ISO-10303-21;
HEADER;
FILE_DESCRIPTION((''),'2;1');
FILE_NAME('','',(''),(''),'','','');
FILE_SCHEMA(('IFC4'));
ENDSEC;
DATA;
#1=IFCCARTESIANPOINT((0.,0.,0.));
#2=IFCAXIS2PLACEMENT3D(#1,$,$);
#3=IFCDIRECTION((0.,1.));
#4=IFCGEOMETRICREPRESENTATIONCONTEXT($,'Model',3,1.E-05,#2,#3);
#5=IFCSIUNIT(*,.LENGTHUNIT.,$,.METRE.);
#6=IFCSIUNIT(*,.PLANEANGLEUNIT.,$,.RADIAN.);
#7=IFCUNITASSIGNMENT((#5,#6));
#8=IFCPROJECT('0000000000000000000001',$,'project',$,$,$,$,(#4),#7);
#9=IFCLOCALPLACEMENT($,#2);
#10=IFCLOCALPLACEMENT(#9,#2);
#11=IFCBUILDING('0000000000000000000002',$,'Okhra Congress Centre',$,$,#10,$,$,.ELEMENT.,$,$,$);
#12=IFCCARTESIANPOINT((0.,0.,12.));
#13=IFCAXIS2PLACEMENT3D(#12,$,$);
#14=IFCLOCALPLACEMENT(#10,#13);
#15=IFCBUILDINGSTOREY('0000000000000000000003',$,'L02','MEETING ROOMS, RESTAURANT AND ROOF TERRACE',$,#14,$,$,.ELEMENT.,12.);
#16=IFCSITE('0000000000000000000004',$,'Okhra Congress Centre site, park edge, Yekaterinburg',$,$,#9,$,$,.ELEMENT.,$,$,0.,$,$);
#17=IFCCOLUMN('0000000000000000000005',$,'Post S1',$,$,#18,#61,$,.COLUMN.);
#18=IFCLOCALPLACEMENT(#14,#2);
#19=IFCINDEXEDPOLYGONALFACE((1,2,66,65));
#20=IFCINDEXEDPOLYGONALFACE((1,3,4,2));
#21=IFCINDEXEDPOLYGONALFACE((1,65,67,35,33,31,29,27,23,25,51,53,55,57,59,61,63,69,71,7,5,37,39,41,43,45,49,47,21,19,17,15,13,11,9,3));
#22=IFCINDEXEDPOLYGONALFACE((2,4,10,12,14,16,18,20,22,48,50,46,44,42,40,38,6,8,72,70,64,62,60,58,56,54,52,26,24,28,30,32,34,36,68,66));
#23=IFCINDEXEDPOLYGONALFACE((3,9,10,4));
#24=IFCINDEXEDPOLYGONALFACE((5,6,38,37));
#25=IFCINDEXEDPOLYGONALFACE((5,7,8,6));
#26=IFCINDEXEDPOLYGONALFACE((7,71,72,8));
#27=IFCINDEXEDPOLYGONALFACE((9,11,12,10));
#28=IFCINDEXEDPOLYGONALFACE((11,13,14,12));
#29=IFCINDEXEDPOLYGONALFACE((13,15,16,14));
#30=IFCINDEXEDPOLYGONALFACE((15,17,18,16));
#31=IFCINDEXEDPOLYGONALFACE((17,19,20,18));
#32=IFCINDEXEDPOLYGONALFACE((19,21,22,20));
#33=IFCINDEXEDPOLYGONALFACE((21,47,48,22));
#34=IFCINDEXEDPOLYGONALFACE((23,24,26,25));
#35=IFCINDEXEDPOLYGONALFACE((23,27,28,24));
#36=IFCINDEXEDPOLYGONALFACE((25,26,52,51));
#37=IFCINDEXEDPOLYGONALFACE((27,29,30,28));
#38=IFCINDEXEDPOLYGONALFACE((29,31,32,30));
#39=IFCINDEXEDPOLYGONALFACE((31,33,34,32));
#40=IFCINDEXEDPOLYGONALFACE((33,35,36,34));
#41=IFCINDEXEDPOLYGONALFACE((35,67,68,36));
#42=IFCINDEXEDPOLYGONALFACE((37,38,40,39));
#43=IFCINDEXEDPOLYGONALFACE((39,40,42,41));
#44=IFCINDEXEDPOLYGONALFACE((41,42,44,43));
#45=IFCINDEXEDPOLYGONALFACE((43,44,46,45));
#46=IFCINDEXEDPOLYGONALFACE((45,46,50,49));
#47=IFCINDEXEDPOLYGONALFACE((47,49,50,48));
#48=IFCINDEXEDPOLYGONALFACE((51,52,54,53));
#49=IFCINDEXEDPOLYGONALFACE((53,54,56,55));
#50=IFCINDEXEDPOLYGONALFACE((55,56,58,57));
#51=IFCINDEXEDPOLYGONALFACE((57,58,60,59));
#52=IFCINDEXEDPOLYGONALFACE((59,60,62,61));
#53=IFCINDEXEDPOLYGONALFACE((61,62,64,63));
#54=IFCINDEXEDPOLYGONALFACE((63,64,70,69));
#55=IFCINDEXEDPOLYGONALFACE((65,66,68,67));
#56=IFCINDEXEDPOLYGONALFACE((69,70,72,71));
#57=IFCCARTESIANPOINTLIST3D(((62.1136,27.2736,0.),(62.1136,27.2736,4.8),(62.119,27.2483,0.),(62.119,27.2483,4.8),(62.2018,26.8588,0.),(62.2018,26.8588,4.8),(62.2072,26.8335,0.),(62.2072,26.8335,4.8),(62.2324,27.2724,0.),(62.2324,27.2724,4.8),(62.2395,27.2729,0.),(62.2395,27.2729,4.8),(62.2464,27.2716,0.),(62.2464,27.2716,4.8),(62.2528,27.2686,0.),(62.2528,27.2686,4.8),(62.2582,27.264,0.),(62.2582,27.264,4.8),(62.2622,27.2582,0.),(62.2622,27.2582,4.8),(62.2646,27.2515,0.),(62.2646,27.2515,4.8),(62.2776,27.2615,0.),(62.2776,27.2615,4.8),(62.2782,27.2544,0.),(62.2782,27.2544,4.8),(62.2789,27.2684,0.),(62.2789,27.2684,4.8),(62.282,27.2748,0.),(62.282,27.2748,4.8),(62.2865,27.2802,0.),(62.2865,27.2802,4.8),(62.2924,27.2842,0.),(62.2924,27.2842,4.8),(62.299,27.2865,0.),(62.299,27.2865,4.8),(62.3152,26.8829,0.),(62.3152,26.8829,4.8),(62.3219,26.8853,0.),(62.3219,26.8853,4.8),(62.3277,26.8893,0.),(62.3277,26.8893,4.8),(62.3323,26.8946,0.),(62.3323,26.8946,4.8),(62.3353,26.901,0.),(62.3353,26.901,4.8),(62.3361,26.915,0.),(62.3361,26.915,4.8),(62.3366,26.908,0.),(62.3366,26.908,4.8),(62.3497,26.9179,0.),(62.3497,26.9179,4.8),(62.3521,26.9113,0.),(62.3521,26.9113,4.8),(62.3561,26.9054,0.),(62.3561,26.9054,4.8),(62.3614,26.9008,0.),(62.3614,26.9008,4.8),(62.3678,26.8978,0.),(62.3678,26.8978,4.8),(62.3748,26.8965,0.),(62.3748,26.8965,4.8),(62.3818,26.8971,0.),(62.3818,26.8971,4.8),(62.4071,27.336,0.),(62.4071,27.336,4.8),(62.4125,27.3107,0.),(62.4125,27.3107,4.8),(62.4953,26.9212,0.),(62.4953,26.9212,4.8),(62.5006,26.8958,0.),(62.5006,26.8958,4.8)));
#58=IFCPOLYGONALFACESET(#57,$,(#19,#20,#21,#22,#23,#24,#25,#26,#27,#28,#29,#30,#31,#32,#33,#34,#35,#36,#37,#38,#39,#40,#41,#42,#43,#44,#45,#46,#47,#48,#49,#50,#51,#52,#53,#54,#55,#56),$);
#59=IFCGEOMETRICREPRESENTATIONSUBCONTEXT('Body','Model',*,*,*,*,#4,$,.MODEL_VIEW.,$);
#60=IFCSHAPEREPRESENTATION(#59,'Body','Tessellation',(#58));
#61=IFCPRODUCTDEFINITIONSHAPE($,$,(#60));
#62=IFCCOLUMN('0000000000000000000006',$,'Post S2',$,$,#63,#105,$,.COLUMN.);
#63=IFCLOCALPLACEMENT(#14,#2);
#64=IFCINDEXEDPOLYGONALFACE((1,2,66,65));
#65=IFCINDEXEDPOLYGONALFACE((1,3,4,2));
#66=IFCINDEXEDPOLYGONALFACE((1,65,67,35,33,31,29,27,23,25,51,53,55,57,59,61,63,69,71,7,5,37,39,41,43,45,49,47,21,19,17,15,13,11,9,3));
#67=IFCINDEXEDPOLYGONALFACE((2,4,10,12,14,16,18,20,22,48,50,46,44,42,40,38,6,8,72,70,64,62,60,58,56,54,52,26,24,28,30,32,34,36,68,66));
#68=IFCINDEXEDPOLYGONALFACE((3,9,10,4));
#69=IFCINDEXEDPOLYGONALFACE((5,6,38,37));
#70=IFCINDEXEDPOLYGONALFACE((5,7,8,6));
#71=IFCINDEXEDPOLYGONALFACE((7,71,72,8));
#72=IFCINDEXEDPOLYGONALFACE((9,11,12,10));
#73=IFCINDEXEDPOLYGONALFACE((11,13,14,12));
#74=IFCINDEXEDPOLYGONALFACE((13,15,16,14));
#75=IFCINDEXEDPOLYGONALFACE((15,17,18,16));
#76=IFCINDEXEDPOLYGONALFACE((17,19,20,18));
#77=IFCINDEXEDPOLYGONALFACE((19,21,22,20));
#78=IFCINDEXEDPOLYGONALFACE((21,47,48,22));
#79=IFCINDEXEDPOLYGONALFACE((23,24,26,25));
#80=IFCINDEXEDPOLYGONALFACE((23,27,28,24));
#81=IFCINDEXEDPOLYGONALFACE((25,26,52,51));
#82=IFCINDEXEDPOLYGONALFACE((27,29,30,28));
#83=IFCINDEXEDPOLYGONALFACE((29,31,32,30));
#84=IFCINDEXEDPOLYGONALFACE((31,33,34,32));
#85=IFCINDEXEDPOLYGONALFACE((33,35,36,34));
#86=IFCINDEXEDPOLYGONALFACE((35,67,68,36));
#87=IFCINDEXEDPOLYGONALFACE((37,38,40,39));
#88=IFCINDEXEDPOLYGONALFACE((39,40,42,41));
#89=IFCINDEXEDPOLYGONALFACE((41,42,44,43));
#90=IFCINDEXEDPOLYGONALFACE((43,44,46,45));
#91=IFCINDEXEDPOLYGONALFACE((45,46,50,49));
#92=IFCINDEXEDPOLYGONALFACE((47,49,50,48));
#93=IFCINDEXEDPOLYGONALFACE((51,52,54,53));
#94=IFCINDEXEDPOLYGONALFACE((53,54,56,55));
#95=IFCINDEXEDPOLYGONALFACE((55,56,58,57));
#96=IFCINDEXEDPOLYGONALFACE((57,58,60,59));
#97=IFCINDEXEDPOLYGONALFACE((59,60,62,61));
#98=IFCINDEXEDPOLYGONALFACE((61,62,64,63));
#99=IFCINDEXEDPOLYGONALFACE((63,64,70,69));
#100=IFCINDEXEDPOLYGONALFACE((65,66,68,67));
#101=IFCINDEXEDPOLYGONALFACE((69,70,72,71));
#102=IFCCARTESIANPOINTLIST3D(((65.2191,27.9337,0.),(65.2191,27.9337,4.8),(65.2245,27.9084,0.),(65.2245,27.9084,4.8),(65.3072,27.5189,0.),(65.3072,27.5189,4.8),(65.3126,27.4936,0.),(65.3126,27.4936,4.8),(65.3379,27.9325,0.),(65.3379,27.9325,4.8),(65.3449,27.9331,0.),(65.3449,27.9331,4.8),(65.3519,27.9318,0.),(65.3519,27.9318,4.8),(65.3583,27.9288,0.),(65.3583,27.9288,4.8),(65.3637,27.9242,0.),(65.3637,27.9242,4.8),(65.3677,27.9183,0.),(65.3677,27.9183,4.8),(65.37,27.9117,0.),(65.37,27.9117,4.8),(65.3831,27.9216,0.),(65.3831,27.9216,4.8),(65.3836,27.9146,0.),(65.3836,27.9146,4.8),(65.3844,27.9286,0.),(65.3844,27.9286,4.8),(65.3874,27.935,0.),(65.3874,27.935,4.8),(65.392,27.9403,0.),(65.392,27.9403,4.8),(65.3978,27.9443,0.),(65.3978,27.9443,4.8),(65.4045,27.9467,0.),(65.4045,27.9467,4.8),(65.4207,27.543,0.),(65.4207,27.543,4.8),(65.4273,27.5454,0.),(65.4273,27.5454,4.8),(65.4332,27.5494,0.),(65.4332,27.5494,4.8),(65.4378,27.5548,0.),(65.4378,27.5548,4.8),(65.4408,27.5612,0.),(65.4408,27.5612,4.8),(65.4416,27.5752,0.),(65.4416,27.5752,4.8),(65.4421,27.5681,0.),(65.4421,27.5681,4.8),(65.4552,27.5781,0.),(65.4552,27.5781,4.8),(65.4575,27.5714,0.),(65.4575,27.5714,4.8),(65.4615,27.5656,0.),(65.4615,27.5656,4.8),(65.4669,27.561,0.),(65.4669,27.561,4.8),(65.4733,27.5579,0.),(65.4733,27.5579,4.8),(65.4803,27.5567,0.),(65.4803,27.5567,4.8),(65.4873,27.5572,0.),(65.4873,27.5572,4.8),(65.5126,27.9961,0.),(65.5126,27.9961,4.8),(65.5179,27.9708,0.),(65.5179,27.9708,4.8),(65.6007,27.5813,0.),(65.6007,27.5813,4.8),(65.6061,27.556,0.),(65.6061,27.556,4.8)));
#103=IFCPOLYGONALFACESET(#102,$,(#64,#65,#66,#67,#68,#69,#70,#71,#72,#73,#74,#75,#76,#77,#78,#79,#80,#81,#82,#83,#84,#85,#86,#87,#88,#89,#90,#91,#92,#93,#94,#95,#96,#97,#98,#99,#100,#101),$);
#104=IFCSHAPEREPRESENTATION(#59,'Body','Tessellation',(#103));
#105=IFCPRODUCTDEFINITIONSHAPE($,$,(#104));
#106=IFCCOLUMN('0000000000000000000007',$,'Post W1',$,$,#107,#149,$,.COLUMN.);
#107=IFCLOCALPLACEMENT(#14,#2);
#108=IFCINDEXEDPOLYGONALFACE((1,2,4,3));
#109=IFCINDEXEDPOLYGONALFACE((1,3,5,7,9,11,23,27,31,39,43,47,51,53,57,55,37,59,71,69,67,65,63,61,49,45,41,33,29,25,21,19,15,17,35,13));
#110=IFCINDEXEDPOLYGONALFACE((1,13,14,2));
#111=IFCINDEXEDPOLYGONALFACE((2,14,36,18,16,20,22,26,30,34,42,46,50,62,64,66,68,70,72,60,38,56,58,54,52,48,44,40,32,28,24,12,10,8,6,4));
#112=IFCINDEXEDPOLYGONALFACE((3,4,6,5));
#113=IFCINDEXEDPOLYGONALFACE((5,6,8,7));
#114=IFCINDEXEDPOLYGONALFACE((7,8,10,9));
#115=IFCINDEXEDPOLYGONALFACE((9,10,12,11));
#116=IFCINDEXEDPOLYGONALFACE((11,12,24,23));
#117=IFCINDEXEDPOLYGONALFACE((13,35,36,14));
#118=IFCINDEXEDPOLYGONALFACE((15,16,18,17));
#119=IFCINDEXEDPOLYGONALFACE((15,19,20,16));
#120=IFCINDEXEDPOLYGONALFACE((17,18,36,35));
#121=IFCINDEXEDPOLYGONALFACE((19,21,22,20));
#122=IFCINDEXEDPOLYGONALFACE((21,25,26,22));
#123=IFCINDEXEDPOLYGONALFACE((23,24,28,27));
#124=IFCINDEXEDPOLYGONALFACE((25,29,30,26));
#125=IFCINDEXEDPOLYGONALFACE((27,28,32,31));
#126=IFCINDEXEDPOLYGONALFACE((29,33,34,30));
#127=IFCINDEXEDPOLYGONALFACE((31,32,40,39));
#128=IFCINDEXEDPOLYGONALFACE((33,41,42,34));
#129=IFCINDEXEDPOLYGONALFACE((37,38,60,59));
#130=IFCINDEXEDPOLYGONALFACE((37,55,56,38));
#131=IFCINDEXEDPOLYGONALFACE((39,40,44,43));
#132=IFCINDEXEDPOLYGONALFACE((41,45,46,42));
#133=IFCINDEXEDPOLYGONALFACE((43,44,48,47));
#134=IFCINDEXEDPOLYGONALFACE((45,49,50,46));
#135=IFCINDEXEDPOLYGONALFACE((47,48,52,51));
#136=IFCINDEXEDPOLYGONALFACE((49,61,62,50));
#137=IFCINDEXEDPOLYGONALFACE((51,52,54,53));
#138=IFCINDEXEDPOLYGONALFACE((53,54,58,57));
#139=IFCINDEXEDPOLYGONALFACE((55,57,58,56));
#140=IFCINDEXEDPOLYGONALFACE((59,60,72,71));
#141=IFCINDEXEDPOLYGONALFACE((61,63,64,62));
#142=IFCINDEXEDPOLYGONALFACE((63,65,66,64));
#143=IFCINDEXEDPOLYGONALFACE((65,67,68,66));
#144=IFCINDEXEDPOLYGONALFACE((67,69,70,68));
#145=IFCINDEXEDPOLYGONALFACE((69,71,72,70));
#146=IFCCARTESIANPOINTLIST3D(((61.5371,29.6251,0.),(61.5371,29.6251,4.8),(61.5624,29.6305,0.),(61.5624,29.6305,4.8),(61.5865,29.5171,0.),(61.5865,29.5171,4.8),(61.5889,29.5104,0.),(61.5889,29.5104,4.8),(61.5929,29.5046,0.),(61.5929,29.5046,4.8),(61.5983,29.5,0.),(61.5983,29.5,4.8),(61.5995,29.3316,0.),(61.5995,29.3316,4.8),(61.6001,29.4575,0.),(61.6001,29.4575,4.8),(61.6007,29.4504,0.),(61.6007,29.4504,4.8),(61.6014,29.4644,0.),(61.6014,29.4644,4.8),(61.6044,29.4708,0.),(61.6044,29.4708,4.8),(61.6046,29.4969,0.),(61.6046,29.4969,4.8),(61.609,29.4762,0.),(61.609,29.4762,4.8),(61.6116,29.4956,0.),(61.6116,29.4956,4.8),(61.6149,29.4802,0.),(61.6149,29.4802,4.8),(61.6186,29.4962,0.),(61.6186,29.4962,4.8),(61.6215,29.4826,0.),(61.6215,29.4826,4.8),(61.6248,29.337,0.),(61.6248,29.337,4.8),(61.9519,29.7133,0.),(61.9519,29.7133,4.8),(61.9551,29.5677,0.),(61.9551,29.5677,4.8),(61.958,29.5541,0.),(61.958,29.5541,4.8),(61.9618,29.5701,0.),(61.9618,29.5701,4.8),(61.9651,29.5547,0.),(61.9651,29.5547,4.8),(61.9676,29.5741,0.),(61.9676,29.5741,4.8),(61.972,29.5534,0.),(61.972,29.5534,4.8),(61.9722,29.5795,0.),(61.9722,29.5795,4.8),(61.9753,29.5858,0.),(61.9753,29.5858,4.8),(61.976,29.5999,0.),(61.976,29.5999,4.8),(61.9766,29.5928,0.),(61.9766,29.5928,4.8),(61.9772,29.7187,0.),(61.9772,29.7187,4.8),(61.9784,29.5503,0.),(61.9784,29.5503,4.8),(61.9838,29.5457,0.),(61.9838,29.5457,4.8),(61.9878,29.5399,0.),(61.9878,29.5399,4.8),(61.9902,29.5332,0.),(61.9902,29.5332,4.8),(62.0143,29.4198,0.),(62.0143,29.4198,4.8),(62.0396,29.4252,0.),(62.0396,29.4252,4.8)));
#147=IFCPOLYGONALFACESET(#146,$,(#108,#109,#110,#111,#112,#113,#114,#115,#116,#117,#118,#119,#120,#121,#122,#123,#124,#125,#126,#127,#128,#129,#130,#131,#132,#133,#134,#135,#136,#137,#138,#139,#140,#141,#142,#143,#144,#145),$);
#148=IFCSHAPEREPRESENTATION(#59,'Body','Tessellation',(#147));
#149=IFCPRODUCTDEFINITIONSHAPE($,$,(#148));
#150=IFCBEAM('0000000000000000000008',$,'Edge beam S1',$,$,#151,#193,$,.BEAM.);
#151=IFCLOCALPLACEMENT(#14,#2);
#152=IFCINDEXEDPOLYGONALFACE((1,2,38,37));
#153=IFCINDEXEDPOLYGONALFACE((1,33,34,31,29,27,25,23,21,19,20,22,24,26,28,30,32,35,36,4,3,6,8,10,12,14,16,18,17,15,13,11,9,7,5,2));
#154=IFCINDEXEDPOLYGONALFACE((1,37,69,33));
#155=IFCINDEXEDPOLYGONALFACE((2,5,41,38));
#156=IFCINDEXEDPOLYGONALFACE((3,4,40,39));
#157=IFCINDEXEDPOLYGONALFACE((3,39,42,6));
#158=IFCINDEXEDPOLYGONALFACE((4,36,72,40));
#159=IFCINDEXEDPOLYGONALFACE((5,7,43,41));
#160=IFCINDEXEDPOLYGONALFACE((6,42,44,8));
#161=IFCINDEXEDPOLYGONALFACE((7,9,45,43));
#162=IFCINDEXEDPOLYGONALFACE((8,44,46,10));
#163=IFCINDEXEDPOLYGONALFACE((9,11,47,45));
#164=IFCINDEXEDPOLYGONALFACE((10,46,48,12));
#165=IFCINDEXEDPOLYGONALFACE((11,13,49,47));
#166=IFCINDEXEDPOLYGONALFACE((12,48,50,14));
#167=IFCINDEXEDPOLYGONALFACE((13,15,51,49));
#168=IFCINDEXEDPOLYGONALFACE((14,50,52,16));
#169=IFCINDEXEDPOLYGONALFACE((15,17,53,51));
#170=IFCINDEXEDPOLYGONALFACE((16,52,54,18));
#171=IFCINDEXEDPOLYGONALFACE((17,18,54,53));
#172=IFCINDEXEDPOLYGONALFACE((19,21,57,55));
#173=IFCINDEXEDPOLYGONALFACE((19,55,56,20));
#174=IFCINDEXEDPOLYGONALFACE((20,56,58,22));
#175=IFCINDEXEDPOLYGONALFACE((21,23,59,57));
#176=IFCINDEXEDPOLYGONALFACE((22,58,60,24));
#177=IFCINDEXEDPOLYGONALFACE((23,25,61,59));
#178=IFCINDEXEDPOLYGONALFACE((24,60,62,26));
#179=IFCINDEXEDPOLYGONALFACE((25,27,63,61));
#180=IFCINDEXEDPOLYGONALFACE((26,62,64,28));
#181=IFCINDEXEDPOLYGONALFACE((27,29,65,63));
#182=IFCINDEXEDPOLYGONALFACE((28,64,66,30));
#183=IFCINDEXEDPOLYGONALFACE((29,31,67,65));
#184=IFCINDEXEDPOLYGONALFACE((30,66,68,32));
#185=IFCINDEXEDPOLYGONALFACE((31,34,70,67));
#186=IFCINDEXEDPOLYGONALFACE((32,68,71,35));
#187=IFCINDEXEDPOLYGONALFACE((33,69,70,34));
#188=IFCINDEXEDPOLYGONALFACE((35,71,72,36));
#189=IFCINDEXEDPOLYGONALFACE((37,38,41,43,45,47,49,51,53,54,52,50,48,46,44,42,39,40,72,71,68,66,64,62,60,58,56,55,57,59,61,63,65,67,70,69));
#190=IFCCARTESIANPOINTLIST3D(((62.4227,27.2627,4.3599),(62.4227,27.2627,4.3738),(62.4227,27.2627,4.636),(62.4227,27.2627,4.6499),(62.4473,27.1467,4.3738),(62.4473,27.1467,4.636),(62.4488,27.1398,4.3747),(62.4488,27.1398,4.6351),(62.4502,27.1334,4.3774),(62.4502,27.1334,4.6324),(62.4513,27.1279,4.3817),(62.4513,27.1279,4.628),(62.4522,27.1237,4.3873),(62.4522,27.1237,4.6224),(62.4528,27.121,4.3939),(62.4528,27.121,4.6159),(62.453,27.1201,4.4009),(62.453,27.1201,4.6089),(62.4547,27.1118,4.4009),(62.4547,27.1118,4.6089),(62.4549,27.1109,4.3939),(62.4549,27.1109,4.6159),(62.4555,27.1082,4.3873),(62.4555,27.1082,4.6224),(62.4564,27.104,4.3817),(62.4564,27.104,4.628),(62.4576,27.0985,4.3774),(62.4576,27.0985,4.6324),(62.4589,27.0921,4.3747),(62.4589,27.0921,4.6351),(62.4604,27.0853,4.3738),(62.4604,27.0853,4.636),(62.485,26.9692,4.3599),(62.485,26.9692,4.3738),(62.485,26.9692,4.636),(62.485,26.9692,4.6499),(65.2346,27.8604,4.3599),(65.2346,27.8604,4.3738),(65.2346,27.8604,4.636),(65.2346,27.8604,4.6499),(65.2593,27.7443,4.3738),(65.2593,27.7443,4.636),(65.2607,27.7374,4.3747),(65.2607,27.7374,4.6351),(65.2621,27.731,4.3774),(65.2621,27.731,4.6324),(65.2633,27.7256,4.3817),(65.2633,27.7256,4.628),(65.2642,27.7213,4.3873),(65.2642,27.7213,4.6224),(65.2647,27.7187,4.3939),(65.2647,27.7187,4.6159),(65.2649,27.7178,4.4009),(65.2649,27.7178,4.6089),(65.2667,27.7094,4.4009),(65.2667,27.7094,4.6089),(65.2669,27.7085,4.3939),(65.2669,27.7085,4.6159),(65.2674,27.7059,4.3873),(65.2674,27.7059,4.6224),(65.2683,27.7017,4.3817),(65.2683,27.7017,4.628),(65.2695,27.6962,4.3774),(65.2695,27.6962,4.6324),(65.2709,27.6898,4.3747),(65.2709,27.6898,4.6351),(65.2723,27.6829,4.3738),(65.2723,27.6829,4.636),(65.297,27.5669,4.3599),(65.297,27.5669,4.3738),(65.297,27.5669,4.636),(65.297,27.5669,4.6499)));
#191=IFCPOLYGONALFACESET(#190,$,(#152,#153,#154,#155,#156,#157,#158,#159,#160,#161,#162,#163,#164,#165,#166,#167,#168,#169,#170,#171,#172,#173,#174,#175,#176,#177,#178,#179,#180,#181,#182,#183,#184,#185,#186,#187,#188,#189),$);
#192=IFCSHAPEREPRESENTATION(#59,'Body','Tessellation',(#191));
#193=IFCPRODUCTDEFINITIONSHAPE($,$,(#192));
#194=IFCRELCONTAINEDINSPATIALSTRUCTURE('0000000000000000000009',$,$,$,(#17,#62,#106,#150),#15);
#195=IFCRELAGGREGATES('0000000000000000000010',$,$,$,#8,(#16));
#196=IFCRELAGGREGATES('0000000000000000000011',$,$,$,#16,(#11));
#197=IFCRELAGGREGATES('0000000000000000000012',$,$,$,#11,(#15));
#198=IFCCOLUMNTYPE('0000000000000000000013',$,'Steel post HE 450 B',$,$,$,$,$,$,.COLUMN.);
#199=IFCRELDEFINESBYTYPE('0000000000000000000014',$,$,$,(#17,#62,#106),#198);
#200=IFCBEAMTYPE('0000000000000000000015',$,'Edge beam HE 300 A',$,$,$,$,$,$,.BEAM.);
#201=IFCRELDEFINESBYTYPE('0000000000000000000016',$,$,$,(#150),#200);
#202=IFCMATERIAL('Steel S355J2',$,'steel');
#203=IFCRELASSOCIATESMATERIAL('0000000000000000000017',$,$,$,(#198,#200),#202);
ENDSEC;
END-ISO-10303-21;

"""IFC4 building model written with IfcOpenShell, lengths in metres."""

from ifc_helpers import new_model, si_unit, direction, frame, origin, origin_2d, place, context, subcontext, project, spatial, i_section, extrude, material, material_profile, profile_set, type_object, element, save


model = new_model("IFC4")

# Units and contexts
model_context = context("Model", 3, precision=1e-05, world=origin(), true_north=direction((0.0, 1.0)))
body_context = subcontext(model_context, "Body", "Model", "MODEL_VIEW")
ifc_project = project(units=[si_unit("LENGTHUNIT", "METRE"), si_unit("PLANEANGLEUNIT", "RADIAN")], contexts=[model_context])

# Site, building, storey
site_placement = place(None, origin())
site = spatial("IfcSite", under=ifc_project, at=site_placement, Name="Okhra Congress Centre site, park edge, Yekaterinburg", CompositionType="ELEMENT", RefElevation=0.0)
building_placement = place(site_placement, origin())
building = spatial("IfcBuilding", under=site, at=building_placement, Name="Okhra Congress Centre", CompositionType="ELEMENT")
storey_placement = place(building_placement, frame((0.0, 0.0, 12.0)))
storey = spatial("IfcBuildingStorey", under=building, at=storey_placement, Name="L02", Description="MEETING ROOMS, RESTAURANT AND ROOF TERRACE", CompositionType="ELEMENT", Elevation=12.0)

# Columns
ifc_material_1 = material(Name="Steel S355J2", Category="steel")
ifc_material_profile_1 = material_profile(ifc_material_1, i_section(OverallWidth=0.3, OverallDepth=0.45, WebThickness=0.0139, FlangeThickness=0.0259, FilletRadius=0.0271, at=origin_2d()), Name="HE 450 B")
ifc_profile_set_1 = profile_set([ifc_material_profile_1], Name="Steel S355J2")
column_type = type_object("IfcColumnType", Name="Steel post HE 450 B", PredefinedType="COLUMN", material=ifc_profile_set_1)
for number, where, z_axis, x_axis, name in (
    (1, (62.3071, 27.0847, 0.0), (0.0, 0.0, 1.0), (0.978148, 0.207912, 0.0), "Post S1"),
    (2, (65.4126, 27.7449, 0.0), (0.0, 0.0, 1.0), (0.978148, 0.207912, 0.0), "Post S2"),
    (3, (61.7883, 29.5251, 0.0), (0.0, 0.0, 1.0), (-0.207912, 0.978148, 0.0), "Post W1"),
):
    element("IfcColumn", number, at=place(storey_placement, frame(where, z_axis=z_axis, x_axis=x_axis)), inside=storey, type_object=column_type, Name=name, PredefinedType="COLUMN", context=body_context, shape_type="SweptSolid", body=[
        extrude(i_section(OverallWidth=0.3, OverallDepth=0.45, WebThickness=0.0139, FlangeThickness=0.0259, FilletRadius=0.0271, at=origin_2d()), origin(), (0.0, 0.0, 1.0), 4.8),
    ])

# Beam
ifc_material_profile_2 = material_profile(ifc_material_1, i_section(OverallWidth=0.3, OverallDepth=0.29, WebThickness=0.0085, FlangeThickness=0.0139, FilletRadius=0.0271, at=origin_2d()), Name="HE 300 A")
ifc_profile_set_2 = profile_set([ifc_material_profile_2], Name="Steel S355J2")
beam_type = type_object("IfcBeamType", Name="Edge beam HE 300 A", PredefinedType="BEAM", material=ifc_profile_set_2)
beam_1_placement = place(storey_placement, frame((62.4539, 27.116, 4.5049), z_axis=(0.978152, 0.207893, 0.0), x_axis=(-0.207893, 0.978152, 0.0)))
element("IfcBeam", 4, at=beam_1_placement, inside=storey, type_object=beam_type, Name="Edge beam S1", PredefinedType="BEAM", context=body_context, shape_type="SweptSolid", body=[
    extrude(i_section(OverallWidth=0.3, OverallDepth=0.29, WebThickness=0.0085, FlangeThickness=0.0139, FilletRadius=0.0271, at=origin_2d()), origin(), (0.0, 0.0, 1.0), 2.8748),
])

save(model, "model.ifc")
